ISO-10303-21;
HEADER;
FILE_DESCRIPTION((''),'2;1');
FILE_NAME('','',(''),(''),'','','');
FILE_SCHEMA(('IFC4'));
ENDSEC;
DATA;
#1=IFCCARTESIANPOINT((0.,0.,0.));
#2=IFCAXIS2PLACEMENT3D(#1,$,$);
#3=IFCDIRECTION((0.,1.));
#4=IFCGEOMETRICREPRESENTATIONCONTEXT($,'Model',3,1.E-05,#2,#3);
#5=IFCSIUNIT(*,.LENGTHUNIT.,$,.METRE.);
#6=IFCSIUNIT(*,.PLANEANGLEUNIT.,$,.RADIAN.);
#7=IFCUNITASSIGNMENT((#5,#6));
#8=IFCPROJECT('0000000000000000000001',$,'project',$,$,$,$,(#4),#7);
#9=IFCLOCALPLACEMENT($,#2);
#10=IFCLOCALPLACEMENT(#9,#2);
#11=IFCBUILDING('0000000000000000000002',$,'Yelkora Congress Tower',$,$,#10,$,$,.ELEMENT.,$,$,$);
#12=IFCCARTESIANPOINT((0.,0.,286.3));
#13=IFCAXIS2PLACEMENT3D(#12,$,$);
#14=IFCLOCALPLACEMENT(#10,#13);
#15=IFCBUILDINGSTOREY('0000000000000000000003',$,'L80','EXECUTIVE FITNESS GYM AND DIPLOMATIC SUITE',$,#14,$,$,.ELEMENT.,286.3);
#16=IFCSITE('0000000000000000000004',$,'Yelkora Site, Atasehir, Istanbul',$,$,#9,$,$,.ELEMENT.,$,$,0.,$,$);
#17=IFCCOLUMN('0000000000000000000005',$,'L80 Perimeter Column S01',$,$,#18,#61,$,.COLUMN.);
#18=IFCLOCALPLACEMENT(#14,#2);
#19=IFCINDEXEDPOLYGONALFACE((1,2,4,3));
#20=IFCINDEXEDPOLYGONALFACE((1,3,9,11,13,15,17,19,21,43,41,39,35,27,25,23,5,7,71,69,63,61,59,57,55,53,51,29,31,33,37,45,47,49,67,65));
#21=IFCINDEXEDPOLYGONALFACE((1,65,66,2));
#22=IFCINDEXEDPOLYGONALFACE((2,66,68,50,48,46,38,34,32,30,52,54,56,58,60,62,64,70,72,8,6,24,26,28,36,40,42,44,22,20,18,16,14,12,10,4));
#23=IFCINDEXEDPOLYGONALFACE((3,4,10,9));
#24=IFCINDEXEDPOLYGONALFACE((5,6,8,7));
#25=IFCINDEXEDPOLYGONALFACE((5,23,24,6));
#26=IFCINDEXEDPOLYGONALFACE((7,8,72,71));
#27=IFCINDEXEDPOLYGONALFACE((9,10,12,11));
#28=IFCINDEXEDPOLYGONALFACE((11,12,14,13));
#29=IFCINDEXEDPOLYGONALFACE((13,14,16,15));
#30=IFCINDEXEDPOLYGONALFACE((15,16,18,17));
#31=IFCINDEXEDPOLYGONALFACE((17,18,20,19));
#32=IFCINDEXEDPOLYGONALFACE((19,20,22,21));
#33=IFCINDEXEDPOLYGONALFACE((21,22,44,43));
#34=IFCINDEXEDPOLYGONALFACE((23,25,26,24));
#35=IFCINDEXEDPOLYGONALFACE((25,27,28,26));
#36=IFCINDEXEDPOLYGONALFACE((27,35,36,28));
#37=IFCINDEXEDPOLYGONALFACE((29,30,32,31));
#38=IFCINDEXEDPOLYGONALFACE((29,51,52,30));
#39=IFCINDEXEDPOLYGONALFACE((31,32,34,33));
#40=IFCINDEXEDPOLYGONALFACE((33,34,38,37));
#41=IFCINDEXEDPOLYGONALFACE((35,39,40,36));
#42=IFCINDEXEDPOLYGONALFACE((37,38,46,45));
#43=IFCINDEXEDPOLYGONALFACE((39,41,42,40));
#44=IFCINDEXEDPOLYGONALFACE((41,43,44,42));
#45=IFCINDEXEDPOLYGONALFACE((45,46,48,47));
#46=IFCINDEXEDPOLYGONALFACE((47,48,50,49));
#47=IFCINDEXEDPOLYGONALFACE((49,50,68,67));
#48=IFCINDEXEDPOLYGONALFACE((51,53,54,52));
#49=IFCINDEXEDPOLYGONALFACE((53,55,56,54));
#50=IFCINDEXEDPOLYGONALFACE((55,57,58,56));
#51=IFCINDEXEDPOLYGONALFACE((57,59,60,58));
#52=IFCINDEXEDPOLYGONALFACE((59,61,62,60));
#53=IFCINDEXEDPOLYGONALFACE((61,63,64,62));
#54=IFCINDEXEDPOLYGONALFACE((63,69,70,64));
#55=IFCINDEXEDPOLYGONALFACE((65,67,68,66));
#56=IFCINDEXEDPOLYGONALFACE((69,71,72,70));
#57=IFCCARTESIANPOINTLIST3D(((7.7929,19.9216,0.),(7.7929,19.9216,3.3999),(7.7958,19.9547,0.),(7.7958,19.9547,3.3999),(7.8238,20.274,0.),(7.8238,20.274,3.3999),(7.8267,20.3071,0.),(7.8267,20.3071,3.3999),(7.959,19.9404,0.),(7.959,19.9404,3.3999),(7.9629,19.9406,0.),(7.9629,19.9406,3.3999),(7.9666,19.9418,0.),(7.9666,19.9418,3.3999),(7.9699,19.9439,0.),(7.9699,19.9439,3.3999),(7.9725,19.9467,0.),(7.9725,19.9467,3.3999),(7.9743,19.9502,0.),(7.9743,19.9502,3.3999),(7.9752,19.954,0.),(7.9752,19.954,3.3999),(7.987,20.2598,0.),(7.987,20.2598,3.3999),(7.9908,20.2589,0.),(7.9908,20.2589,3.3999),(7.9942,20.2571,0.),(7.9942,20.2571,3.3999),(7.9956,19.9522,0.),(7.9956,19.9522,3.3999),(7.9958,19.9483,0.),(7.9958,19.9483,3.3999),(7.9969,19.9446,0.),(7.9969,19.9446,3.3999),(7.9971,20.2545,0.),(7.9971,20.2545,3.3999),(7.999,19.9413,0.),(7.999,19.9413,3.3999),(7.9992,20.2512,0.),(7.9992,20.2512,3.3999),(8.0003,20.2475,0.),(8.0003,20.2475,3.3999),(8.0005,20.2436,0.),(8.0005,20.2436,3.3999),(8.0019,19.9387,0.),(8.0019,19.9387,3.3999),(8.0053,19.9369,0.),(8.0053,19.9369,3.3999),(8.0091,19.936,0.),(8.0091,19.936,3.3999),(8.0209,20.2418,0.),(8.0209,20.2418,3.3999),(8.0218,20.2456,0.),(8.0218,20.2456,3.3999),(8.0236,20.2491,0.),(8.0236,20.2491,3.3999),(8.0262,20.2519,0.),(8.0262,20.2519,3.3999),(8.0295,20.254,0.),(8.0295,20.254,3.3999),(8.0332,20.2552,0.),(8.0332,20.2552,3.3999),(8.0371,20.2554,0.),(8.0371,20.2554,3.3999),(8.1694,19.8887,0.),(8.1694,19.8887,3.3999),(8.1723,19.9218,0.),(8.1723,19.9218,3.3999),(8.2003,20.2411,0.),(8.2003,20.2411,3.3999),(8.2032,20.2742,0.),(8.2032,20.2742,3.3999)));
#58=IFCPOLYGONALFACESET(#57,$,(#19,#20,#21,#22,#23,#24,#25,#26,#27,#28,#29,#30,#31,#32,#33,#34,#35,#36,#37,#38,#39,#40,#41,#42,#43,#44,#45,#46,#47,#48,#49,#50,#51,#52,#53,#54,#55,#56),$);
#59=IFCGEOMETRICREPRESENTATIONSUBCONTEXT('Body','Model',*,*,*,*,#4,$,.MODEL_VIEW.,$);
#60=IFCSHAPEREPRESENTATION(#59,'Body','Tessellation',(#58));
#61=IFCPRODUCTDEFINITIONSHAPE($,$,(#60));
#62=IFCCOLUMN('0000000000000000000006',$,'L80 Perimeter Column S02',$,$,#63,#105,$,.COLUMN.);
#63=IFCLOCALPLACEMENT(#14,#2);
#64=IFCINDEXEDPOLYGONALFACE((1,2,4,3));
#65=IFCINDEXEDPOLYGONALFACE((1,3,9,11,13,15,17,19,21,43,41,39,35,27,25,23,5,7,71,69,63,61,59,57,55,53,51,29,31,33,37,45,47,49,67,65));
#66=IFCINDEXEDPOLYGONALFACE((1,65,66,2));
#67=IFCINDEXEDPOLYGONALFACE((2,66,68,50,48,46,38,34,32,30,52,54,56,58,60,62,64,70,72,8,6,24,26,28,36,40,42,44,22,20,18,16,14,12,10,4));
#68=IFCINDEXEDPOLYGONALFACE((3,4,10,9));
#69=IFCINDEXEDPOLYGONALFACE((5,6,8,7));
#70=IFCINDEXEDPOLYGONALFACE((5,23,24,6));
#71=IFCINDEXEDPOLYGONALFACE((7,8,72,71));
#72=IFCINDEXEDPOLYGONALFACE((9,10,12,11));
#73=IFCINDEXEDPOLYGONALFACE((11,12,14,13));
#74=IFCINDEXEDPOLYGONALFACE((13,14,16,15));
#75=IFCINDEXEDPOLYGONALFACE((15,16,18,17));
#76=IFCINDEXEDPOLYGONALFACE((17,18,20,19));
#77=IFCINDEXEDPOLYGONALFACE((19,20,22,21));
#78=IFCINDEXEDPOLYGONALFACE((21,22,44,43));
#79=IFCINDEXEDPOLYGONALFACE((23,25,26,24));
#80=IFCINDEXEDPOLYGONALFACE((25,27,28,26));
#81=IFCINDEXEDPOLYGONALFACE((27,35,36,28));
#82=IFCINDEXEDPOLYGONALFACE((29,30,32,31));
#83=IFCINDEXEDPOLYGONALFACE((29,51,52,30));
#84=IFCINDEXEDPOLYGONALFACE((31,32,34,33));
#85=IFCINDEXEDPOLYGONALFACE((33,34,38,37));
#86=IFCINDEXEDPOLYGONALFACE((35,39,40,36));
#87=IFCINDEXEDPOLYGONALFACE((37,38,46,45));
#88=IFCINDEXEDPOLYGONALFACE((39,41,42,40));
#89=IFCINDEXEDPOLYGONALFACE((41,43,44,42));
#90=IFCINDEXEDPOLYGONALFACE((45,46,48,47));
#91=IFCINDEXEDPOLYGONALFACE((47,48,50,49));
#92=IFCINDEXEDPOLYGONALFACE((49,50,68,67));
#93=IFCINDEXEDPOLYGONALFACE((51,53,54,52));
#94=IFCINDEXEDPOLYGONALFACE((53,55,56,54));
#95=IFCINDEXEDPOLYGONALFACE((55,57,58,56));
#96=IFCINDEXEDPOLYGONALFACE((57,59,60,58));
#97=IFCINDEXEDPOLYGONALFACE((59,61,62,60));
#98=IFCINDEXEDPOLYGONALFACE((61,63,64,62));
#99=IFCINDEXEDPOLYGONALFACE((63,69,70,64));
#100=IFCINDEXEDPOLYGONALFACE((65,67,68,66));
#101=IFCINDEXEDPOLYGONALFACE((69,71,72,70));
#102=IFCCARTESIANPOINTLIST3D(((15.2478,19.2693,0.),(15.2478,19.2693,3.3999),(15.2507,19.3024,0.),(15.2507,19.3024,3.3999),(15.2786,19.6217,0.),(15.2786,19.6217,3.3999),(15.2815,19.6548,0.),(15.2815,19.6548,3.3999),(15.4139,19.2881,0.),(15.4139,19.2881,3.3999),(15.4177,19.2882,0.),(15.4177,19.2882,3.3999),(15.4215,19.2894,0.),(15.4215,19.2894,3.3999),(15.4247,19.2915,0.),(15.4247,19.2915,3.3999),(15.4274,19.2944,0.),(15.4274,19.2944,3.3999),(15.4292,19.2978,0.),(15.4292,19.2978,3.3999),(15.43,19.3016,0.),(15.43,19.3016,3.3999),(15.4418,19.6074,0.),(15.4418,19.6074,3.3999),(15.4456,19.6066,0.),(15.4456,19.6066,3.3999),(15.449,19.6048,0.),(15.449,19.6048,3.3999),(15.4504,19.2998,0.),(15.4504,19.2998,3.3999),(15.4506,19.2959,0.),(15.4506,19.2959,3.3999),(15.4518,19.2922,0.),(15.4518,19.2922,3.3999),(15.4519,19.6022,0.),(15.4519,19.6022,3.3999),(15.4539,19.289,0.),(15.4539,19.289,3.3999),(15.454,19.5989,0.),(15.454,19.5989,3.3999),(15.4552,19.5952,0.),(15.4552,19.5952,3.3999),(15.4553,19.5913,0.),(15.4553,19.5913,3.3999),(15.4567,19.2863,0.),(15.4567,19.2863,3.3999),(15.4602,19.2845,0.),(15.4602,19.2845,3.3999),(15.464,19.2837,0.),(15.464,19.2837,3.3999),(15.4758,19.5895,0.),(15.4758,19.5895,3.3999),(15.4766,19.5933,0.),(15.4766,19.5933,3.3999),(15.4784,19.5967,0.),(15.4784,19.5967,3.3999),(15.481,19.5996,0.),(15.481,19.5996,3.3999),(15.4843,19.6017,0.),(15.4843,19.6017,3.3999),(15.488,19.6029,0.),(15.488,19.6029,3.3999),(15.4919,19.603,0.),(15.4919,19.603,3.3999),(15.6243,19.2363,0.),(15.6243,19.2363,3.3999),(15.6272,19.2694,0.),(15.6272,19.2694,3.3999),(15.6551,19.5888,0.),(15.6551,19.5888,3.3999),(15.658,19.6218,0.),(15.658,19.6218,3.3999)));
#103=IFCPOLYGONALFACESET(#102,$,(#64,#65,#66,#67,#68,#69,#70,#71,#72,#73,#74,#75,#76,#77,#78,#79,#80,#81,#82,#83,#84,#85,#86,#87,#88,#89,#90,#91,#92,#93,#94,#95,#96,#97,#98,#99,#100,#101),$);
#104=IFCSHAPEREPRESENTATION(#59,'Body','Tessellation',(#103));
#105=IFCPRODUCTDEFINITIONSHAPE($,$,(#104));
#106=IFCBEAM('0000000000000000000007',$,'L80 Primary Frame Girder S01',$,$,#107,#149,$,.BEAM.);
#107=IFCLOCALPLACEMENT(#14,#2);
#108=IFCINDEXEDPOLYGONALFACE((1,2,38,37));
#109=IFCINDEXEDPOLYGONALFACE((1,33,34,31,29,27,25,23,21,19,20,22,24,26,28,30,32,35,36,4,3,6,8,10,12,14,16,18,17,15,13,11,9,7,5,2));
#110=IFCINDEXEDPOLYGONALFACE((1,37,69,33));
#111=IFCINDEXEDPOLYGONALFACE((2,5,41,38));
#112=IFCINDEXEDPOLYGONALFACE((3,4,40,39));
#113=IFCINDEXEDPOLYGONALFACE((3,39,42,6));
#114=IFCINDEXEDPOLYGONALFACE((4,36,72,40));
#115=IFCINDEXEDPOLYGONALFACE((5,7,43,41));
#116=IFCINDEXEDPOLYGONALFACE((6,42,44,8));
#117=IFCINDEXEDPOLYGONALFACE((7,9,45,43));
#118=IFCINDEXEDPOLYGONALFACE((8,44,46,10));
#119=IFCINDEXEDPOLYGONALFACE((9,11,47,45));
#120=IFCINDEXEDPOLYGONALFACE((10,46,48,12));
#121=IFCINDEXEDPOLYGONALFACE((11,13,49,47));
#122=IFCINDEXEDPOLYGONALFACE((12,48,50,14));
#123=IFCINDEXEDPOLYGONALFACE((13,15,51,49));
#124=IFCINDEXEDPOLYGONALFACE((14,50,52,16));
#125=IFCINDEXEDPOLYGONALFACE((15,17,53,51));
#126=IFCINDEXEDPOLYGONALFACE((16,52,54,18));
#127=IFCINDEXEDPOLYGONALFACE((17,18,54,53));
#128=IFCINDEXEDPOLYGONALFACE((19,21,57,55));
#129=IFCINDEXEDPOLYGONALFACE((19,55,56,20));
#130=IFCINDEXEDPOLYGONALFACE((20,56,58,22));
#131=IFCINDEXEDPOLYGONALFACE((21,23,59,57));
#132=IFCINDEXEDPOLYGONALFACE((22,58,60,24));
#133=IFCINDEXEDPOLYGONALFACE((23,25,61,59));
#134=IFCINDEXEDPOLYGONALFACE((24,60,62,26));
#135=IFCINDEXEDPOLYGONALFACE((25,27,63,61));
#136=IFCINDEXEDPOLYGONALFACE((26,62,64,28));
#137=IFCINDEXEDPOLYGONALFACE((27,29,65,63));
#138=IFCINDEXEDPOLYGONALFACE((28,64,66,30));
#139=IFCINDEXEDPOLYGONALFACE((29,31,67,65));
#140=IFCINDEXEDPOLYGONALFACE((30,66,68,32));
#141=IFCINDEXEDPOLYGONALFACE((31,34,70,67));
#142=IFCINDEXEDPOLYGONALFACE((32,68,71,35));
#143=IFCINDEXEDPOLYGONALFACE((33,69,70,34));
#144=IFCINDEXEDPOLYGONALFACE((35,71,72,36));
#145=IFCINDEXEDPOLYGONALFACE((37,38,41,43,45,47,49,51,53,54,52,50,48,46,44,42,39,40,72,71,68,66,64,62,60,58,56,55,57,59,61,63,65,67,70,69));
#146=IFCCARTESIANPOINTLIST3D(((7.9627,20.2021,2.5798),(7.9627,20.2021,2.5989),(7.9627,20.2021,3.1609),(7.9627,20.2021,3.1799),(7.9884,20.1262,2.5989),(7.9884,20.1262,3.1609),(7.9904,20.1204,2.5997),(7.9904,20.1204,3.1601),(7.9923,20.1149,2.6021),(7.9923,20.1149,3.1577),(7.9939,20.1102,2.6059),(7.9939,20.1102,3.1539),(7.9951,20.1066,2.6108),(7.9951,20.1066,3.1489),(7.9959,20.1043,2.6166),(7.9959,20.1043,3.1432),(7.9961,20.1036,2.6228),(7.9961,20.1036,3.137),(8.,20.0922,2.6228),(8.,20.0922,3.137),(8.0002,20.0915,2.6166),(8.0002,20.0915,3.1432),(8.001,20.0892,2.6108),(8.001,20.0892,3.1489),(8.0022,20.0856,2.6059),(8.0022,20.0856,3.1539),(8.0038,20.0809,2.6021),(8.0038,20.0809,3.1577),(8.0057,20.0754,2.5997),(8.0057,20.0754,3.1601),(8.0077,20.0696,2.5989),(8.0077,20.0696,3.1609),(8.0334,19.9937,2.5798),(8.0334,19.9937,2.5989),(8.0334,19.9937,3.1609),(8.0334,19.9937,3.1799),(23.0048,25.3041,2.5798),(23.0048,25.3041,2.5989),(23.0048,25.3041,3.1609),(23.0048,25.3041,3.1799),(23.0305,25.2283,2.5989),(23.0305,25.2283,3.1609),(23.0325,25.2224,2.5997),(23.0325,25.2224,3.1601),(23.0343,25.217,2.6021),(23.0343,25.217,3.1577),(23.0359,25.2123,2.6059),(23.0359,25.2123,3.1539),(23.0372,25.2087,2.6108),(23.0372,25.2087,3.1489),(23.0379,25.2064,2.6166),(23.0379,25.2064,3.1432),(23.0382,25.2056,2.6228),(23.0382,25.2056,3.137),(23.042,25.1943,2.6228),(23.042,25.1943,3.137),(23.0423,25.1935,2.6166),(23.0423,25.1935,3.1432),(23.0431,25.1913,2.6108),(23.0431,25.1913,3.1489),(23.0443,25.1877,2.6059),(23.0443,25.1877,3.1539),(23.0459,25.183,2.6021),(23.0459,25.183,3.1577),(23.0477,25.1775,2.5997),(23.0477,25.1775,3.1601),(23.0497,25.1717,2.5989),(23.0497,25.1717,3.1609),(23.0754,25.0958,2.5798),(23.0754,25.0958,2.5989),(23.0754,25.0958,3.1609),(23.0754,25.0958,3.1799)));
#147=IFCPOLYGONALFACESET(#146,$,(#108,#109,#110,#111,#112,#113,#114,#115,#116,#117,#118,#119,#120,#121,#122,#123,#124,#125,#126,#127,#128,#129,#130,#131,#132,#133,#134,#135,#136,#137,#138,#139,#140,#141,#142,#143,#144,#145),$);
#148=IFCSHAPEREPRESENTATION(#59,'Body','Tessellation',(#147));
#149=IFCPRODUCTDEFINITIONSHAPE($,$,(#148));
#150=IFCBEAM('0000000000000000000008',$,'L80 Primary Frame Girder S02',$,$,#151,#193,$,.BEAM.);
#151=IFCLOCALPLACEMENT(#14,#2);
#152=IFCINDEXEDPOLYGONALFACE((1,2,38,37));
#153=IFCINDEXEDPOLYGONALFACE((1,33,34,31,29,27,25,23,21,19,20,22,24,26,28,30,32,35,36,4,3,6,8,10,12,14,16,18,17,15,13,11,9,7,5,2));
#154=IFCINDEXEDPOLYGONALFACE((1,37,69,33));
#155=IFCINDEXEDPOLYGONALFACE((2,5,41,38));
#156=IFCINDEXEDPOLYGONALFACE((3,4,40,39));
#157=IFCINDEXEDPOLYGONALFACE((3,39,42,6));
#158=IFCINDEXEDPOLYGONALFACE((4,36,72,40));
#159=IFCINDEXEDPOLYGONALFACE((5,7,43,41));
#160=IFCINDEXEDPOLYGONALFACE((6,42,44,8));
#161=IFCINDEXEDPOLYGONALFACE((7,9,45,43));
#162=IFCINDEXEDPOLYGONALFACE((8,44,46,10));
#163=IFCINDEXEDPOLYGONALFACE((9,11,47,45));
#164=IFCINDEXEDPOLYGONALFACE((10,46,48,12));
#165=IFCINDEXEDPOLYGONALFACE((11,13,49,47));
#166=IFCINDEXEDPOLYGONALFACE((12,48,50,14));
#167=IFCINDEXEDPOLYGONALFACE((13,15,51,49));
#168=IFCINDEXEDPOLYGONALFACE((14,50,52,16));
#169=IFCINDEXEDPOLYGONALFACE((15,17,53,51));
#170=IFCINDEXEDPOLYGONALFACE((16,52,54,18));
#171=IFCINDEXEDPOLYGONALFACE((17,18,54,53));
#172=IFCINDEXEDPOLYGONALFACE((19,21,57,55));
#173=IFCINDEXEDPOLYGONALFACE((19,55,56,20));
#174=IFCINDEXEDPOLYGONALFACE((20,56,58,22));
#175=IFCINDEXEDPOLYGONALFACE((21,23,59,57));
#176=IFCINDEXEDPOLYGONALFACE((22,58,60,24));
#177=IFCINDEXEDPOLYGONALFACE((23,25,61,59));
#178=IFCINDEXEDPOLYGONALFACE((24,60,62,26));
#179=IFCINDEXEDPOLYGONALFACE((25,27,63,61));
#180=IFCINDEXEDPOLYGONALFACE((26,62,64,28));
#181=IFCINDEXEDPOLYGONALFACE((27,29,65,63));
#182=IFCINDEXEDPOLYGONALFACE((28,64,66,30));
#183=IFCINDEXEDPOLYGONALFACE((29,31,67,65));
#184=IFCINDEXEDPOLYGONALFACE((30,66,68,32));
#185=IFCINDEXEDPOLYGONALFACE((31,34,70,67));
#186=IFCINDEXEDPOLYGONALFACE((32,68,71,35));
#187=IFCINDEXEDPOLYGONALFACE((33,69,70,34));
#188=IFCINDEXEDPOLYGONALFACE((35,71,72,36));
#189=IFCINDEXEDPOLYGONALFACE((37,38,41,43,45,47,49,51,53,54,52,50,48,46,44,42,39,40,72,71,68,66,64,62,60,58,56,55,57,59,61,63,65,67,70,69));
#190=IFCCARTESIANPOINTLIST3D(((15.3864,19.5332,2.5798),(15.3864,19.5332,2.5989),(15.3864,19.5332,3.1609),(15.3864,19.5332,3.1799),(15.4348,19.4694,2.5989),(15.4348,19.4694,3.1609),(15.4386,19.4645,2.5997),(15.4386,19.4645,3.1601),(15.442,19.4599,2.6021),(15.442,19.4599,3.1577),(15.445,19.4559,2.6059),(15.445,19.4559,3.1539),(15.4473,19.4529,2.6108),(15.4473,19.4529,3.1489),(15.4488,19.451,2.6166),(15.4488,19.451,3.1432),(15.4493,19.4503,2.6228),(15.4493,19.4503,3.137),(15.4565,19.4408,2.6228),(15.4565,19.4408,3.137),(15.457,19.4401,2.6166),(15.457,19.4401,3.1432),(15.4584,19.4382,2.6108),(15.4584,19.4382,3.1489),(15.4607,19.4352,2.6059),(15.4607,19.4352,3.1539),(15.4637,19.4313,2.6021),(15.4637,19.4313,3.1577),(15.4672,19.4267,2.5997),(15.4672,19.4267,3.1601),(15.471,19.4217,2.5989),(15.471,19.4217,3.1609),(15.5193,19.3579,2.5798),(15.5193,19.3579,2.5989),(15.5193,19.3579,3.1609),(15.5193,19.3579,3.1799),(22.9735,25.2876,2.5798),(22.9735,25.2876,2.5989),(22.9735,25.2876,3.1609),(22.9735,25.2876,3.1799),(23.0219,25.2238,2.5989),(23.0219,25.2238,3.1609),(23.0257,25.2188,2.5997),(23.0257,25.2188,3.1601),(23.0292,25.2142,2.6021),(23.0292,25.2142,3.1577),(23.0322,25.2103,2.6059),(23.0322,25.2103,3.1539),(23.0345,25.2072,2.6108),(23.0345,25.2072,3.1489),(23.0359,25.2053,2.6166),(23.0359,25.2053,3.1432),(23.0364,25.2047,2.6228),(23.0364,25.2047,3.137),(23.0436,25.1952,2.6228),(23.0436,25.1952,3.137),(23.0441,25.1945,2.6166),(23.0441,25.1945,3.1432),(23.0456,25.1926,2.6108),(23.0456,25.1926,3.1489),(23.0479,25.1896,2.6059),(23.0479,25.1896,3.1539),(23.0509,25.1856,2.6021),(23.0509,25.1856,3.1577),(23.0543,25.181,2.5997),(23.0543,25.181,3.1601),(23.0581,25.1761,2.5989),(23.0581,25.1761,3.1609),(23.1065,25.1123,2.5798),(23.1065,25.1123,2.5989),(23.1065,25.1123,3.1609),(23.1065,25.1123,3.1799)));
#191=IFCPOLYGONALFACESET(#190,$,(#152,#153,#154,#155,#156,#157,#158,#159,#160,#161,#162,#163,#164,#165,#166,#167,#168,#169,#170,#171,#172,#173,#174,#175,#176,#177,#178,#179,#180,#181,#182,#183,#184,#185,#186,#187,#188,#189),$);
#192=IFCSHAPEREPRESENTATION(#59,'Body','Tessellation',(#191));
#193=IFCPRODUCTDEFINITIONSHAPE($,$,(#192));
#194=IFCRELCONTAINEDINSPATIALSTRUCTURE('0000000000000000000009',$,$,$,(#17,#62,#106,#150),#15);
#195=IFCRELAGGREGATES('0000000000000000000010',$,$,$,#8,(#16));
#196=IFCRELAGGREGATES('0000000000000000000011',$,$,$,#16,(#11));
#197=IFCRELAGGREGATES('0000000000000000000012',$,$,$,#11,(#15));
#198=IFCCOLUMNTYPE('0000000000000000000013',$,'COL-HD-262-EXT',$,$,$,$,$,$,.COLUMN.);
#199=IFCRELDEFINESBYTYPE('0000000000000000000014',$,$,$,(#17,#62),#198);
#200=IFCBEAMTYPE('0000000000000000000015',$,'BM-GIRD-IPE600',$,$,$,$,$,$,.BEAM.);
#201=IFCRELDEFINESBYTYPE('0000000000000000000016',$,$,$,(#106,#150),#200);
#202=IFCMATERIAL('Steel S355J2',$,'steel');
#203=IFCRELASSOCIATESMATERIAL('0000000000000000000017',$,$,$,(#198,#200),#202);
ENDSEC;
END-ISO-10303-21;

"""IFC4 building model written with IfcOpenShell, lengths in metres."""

from ifc_helpers import new_model, si_unit, direction, frame, origin, origin_2d, place, context, subcontext, project, spatial, i_section, extrude, material, material_profile, profile_set, type_object, element, save


model = new_model("IFC4")

# Units and contexts
model_context = context("Model", 3, precision=1e-05, world=origin(), true_north=direction((0.0, 1.0)))
body_context = subcontext(model_context, "Body", "Model", "MODEL_VIEW")
ifc_project = project(units=[si_unit("LENGTHUNIT", "METRE"), si_unit("PLANEANGLEUNIT", "RADIAN")], contexts=[model_context])

# Site, building, storey
site_placement = place(None, origin())
site = spatial("IfcSite", under=ifc_project, at=site_placement, Name="Yelkora Site, Atasehir, Istanbul", CompositionType="ELEMENT", RefElevation=0.0)
building_placement = place(site_placement, origin())
building = spatial("IfcBuilding", under=site, at=building_placement, Name="Yelkora Congress Tower", CompositionType="ELEMENT")
storey_placement = place(building_placement, frame((0.0, 0.0, 286.3)))
storey = spatial("IfcBuildingStorey", under=building, at=storey_placement, Name="L80", Description="EXECUTIVE FITNESS GYM AND DIPLOMATIC SUITE", CompositionType="ELEMENT", Elevation=286.3)

# Columns
ifc_material_1 = material(Name="Steel S355J2", Category="steel")
ifc_material_profile_1 = material_profile(ifc_material_1, i_section(OverallWidth=0.3779, OverallDepth=0.387, WebThickness=0.0205, FlangeThickness=0.0332, FilletRadius=0.0149, at=origin_2d()), Name="HD 360x262")
ifc_profile_set_1 = profile_set([ifc_material_profile_1], Name="Steel S355J2")
column_type = type_object("IfcColumnType", Name="COL-HD-262-EXT", PredefinedType="COLUMN", material=ifc_profile_set_1)
for number, where, z_axis, x_axis, name in (
    (1, (7.998, 20.0979, 0.0), (0.0, 0.0, 1.0), (0.996195, -0.087156, 0.0), "L80 Perimeter Column S01"),
    (2, (15.4529, 19.4456, 0.0), (0.0, 0.0, 1.0), (0.996195, -0.087156, 0.0), "L80 Perimeter Column S02"),
):
    element("IfcColumn", number, at=place(storey_placement, frame(where, z_axis=z_axis, x_axis=x_axis)), inside=storey, type_object=column_type, Name=name, PredefinedType="COLUMN", context=body_context, shape_type="SweptSolid", body=[
        extrude(i_section(OverallWidth=0.3779, OverallDepth=0.387, WebThickness=0.0205, FlangeThickness=0.0332, FilletRadius=0.0149, at=origin_2d()), origin(), (0.0, 0.0, 1.0), 3.3999),
    ])

# Beams
ifc_material_profile_2 = material_profile(ifc_material_1, i_section(OverallWidth=0.22, OverallDepth=0.6001, WebThickness=0.012, FlangeThickness=0.019, FilletRadius=0.0239, at=origin_2d()), Name="IPE 600")
ifc_profile_set_2 = profile_set([ifc_material_profile_2], Name="Steel S355J2")
beam_type_1 = type_object("IfcBeamType", Name="BM-GIRD-IPE600", PredefinedType="BEAM", material=ifc_profile_set_2)
beam_1_placement = place(storey_placement, frame((7.998, 20.0979, 2.8799), z_axis=(0.947007, 0.321213, 0.0), x_axis=(-0.321213, 0.947007, 0.0)))
element("IfcBeam", 3, at=beam_1_placement, inside=storey, type_object=beam_type_1, Name="L80 Primary Frame Girder S01", PredefinedType="BEAM", context=body_context, shape_type="SweptSolid", body=[
    extrude(i_section(OverallWidth=0.22, OverallDepth=0.6001, WebThickness=0.012, FlangeThickness=0.019, FilletRadius=0.0239, at=origin_2d()), origin(), (0.0, 0.0, 1.0), 15.8838),
])
beam_2_placement = place(storey_placement, frame((15.4529, 19.4456, 2.8799), z_axis=(0.796761, 0.604294, 0.0), x_axis=(-0.604294, 0.796761, 0.0)))
element("IfcBeam", 4, at=beam_2_placement, inside=storey, type_object=beam_type_1, Name="L80 Primary Frame Girder S02", PredefinedType="BEAM", context=body_context, shape_type="SweptSolid", body=[
    extrude(i_section(OverallWidth=0.22, OverallDepth=0.6001, WebThickness=0.012, FlangeThickness=0.019, FilletRadius=0.0239, at=origin_2d()), origin(), (0.0, 0.0, 1.0), 9.5225),
])

save(model, "model.ifc")
